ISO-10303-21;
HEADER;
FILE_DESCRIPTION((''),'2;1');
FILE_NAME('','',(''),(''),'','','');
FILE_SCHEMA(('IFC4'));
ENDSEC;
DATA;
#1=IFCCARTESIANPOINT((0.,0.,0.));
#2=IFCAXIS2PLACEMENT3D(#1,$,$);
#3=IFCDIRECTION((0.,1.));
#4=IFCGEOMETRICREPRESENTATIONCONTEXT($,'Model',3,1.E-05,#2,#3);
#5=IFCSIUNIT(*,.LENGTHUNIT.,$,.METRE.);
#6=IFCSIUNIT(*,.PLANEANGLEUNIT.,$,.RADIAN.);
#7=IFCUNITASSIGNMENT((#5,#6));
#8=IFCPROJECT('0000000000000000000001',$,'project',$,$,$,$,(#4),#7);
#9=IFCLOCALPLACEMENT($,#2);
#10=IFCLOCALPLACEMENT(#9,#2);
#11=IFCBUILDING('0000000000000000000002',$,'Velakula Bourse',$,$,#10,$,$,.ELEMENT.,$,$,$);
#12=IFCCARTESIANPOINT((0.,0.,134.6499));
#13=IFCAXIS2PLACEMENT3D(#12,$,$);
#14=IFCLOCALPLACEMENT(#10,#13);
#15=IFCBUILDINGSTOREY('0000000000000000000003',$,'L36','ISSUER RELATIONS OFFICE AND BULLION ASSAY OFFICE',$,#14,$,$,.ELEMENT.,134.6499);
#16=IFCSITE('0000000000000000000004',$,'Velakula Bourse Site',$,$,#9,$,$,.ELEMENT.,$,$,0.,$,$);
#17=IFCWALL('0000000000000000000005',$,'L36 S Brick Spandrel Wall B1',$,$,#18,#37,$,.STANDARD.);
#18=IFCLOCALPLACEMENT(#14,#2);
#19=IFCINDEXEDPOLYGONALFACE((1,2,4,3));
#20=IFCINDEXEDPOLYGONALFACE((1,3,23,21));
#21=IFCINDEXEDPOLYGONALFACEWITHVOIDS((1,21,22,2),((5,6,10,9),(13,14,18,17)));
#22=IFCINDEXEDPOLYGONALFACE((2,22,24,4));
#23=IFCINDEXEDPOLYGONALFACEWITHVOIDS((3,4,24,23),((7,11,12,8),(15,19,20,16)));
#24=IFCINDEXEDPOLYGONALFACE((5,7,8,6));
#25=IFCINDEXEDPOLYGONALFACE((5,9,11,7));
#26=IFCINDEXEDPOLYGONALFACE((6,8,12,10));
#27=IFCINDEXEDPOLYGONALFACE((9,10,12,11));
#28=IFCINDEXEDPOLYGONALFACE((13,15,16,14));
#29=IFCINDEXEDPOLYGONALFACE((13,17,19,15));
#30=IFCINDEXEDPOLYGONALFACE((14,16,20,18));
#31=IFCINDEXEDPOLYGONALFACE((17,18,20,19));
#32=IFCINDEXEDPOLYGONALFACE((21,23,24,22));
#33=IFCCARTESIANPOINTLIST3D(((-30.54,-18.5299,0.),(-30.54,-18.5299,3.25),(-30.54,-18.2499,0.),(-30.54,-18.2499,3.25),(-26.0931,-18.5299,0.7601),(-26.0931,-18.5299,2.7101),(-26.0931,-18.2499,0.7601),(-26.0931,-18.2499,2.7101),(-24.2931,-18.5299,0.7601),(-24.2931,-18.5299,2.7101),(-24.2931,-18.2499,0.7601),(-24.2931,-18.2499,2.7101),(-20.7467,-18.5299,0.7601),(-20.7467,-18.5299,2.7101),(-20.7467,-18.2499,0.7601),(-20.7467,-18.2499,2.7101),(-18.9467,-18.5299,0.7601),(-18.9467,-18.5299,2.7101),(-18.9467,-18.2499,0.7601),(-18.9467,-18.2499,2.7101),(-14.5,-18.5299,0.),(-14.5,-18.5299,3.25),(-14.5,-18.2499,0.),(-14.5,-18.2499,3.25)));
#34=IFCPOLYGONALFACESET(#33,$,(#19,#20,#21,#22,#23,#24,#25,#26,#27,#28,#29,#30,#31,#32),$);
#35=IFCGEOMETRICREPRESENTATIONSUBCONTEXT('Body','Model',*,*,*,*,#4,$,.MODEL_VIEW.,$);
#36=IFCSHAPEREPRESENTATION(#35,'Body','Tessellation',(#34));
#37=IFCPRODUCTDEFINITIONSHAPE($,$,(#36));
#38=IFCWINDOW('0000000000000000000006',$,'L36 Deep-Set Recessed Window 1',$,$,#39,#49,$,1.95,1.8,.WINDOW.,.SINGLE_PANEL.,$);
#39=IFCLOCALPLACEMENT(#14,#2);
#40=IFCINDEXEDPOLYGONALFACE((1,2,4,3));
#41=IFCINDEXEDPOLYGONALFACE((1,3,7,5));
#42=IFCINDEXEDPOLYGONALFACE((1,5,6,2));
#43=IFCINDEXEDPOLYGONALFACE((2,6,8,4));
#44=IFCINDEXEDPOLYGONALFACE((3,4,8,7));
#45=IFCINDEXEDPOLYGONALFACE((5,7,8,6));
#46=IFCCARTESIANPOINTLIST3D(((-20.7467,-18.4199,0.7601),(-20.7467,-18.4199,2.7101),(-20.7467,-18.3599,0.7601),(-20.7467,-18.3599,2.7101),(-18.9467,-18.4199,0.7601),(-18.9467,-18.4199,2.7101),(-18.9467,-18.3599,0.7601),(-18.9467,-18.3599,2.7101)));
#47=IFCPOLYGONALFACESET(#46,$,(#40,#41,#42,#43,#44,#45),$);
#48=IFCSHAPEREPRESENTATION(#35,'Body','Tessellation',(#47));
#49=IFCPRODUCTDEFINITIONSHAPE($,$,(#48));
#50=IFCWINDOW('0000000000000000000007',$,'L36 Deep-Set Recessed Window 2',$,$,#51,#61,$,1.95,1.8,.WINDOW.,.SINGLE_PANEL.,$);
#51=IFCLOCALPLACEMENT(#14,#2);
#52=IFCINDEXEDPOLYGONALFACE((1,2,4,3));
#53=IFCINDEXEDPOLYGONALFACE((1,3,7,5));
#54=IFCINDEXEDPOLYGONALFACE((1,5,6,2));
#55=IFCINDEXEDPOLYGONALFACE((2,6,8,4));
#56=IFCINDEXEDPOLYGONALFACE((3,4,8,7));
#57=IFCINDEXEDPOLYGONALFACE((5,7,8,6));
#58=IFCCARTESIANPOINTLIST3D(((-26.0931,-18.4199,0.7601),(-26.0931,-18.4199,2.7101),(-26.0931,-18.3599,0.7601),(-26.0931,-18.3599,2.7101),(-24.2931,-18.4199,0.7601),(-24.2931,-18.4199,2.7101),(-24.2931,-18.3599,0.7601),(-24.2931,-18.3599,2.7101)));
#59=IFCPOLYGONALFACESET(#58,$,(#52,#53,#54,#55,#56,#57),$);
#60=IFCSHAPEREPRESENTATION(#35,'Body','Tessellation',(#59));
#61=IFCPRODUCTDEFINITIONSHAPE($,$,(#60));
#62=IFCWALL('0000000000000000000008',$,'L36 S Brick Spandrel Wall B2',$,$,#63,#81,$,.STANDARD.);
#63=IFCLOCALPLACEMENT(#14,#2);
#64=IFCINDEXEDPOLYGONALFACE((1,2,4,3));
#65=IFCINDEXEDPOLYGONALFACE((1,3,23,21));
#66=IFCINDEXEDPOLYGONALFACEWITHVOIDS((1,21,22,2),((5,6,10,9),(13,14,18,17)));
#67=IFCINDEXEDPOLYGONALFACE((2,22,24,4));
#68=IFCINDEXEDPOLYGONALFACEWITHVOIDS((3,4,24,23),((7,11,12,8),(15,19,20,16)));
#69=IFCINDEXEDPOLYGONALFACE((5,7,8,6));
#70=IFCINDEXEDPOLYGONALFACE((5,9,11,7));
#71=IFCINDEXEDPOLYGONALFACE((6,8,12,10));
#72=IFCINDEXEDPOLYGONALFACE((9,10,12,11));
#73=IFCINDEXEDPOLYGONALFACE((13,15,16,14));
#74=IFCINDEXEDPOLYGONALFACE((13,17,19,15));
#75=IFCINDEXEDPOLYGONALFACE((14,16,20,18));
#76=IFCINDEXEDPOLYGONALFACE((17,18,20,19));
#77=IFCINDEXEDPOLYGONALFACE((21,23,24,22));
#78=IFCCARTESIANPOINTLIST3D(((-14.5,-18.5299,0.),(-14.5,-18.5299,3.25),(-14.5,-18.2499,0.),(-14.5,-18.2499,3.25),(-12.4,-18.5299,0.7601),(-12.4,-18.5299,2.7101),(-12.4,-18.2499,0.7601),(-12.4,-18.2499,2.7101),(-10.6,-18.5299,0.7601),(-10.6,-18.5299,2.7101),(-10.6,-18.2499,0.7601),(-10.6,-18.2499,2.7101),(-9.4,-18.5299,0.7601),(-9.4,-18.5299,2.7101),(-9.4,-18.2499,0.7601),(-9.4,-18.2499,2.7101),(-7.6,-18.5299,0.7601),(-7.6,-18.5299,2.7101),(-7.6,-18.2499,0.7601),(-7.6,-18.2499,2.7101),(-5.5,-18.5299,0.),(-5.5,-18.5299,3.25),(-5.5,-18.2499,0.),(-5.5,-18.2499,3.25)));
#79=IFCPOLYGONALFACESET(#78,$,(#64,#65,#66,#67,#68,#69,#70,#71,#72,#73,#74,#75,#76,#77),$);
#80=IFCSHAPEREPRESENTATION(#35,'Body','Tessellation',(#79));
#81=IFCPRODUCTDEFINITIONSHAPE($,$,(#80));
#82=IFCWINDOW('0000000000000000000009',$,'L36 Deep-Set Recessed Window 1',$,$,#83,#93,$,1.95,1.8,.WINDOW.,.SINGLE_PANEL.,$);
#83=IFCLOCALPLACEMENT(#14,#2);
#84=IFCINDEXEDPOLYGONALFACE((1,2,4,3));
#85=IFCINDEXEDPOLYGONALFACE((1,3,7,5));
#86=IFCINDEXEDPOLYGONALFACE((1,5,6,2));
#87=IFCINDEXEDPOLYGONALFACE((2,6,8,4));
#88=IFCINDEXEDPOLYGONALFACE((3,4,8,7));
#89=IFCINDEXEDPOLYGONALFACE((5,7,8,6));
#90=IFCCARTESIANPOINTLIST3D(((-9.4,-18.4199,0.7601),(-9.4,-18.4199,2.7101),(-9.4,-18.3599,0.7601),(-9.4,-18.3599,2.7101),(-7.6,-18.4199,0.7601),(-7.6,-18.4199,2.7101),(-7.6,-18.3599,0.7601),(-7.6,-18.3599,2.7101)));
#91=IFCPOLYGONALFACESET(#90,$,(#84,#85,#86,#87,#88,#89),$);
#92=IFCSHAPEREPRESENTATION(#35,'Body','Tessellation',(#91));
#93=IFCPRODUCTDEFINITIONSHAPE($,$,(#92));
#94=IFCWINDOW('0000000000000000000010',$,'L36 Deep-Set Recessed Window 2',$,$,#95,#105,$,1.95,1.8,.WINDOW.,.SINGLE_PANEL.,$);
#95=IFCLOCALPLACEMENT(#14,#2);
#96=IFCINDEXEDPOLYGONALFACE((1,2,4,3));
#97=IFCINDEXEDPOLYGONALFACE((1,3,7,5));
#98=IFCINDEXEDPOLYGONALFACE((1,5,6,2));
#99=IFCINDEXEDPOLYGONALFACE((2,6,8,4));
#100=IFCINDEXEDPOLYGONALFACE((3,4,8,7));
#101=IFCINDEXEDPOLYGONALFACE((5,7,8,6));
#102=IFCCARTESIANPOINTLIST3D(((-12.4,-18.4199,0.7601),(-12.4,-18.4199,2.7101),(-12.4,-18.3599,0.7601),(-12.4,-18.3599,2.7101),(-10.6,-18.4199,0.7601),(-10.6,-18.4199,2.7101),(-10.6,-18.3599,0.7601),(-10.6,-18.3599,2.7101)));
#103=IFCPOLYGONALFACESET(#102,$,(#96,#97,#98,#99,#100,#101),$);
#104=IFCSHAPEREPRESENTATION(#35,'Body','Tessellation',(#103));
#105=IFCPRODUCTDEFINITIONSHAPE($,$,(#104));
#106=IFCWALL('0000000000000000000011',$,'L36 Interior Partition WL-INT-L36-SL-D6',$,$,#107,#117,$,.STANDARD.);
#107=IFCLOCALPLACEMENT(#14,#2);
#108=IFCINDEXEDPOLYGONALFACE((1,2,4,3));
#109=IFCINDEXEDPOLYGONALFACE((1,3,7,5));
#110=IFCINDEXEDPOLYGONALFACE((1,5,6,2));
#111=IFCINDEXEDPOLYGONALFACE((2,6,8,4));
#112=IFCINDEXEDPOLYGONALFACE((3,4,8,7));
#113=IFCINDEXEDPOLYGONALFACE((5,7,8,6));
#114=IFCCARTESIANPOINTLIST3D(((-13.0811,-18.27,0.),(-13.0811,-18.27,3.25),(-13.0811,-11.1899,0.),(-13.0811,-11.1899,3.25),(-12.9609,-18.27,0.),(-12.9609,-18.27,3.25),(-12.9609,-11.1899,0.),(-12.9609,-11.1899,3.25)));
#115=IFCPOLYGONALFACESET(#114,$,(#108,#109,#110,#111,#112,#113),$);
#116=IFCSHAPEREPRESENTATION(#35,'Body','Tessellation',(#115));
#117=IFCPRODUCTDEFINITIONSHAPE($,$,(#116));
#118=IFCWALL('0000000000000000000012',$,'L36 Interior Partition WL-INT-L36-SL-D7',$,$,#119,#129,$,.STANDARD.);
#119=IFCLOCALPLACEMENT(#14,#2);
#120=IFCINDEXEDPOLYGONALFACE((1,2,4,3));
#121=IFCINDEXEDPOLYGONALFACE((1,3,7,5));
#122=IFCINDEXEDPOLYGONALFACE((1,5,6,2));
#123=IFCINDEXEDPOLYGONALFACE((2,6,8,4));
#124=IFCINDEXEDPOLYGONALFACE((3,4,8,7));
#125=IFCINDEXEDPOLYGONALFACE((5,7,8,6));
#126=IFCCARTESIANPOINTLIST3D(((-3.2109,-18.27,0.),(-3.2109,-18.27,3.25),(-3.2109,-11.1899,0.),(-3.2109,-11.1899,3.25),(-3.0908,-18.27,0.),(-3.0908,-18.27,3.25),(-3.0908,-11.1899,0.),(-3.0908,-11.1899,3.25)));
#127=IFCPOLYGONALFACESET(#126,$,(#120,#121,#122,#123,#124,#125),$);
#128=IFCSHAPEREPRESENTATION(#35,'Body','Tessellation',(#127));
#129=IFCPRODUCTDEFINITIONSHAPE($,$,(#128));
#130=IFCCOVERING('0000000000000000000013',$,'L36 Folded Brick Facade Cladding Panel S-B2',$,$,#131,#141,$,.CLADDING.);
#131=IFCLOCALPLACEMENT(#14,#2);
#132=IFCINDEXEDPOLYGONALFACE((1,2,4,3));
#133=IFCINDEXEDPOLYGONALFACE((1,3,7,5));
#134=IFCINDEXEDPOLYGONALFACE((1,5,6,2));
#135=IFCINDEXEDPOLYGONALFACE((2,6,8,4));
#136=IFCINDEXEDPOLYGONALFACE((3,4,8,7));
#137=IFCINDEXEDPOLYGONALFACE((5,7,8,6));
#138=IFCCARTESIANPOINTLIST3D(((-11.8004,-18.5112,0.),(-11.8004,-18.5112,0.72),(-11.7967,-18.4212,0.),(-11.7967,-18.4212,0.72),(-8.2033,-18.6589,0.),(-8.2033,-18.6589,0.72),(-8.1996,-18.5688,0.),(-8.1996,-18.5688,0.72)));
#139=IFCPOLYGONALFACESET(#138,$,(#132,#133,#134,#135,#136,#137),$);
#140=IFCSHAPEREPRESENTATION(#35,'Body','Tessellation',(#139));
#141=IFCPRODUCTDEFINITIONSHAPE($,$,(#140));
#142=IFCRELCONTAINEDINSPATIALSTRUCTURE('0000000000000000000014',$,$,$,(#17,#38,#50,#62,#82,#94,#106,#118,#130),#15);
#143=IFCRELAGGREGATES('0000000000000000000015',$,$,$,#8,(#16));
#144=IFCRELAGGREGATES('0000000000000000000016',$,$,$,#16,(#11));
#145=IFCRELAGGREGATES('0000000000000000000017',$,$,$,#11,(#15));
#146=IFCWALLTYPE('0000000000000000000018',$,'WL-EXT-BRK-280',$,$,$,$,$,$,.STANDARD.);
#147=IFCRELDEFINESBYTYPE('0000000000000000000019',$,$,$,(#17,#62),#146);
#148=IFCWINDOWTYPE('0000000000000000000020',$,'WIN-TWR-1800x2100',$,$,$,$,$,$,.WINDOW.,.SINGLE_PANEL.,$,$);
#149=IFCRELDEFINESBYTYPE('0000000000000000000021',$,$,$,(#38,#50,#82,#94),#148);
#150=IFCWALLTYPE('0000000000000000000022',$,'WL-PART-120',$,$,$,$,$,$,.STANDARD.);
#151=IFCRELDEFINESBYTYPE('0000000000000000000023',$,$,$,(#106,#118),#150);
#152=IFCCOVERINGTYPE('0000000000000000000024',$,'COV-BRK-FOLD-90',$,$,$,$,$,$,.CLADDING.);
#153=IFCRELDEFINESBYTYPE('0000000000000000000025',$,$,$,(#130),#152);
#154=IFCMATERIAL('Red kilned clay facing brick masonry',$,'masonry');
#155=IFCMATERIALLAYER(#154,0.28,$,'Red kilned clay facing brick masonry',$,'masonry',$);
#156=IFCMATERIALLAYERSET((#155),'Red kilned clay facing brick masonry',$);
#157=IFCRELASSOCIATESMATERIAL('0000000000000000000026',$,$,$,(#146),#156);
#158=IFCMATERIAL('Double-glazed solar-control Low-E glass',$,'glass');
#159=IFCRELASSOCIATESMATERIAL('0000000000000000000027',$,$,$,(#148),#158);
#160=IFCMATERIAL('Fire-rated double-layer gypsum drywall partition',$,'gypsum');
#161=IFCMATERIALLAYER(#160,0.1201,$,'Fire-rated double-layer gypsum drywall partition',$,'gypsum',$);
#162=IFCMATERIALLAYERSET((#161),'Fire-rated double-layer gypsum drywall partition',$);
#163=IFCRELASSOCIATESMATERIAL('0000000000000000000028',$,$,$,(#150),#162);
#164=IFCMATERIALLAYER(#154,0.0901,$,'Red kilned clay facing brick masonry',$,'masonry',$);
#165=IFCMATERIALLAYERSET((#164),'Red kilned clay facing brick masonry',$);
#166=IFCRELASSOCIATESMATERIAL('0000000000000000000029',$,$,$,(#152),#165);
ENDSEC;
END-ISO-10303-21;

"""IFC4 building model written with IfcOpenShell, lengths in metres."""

from ifc_helpers import new_model, si_unit, direction, frame, frame_2d, origin, origin_2d, place, context, subcontext, project, spatial, rectangle, extrude, material, layer, layer_set, type_object, element, fill, save


model = new_model("IFC4")

# Units and contexts
model_context = context("Model", 3, precision=1e-05, world=origin(), true_north=direction((0.0, 1.0)))
body_context = subcontext(model_context, "Body", "Model", "MODEL_VIEW")
ifc_project = project(units=[si_unit("LENGTHUNIT", "METRE"), si_unit("PLANEANGLEUNIT", "RADIAN")], contexts=[model_context])

# Site, building, storey
site_placement = place(None, origin())
site = spatial("IfcSite", under=ifc_project, at=site_placement, Name="Velakula Bourse Site", CompositionType="ELEMENT", RefElevation=0.0)
building_placement = place(site_placement, origin())
building = spatial("IfcBuilding", under=site, at=building_placement, Name="Velakula Bourse", CompositionType="ELEMENT")
storey_placement = place(building_placement, frame((0.0, 0.0, 134.6499)))
storey = spatial("IfcBuildingStorey", under=building, at=storey_placement, Name="L36", Description="ISSUER RELATIONS OFFICE AND BULLION ASSAY OFFICE", CompositionType="ELEMENT", Elevation=134.6499)

# Walls, openings, windows
ifc_material_1 = material(Name="Red kilned clay facing brick masonry", Category="masonry")
ifc_layer_1 = layer(ifc_material_1, 0.28, Name="Red kilned clay facing brick masonry", Category="masonry")
ifc_layer_set_1 = layer_set([ifc_layer_1], Name="Red kilned clay facing brick masonry")
wall_type_1 = type_object("IfcWallType", Name="WL-EXT-BRK-280", PredefinedType="STANDARD", material=ifc_layer_set_1)
wall_1_placement = place(storey_placement, frame((-14.5, -18.3899, 0.0), z_axis=(0.0, 0.0, 1.0), x_axis=(-1.0, 0.0, 0.0)))
wall_1 = element("IfcWall", 1, at=wall_1_placement, inside=storey, type_object=wall_type_1, Name="L36 S Brick Spandrel Wall B1", PredefinedType="STANDARD", context=body_context, shape_type="SweptSolid", body=[
    extrude(rectangle(XDim=16.04, YDim=0.28, at=frame_2d((8.02, 0.0))), origin(), (0.0, 0.0, 1.0), 3.25),
])
opening_1_placement = place(wall_1_placement, frame((4.4468, 0.0, 0.76)))
opening_1 = element("IfcOpeningElement", 2, at=opening_1_placement, cuts=wall_1, PredefinedType="OPENING", context=body_context, shape_type="SweptSolid", body=[
    extrude(rectangle(XDim=1.8, YDim=1.95, at=frame_2d((0.8999, 0.9751))), frame((0.0, 0.1499, 0.0), z_axis=(0.0, -1.0, 0.0), x_axis=(1.0, 0.0, 0.0)), (0.0, 0.0, 1.0), 0.3),
])
opening_2_placement = place(wall_1_placement, frame((9.7932, 0.0, 0.76)))
opening_2 = element("IfcOpeningElement", 3, at=opening_2_placement, cuts=wall_1, PredefinedType="OPENING", context=body_context, shape_type="SweptSolid", body=[
    extrude(rectangle(XDim=1.8, YDim=1.95, at=frame_2d((0.8999, 0.9751))), frame((0.0, 0.1499, 0.0), z_axis=(0.0, -1.0, 0.0), x_axis=(1.0, 0.0, 0.0)), (0.0, 0.0, 1.0), 0.3),
])
ifc_material_2 = material(Name="Double-glazed solar-control Low-E glass", Category="glass")
window_type = type_object("IfcWindowType", Name="WIN-TWR-1800x2100", PartitioningType="SINGLE_PANEL", PredefinedType="WINDOW", material=ifc_material_2)
window_1_placement = place(opening_1_placement, origin())
window_1 = element("IfcWindow", 4, at=window_1_placement, inside=storey, type_object=window_type, Name="L36 Deep-Set Recessed Window 1", OverallHeight=1.95, OverallWidth=1.8, PartitioningType="SINGLE_PANEL", PredefinedType="WINDOW", context=body_context, shape_type="SweptSolid", body=[
    extrude(rectangle(XDim=1.8, YDim=1.95, at=frame_2d((0.8999, 0.9751))), frame((0.0, 0.03, 0.0), z_axis=(0.0, -1.0, 0.0), x_axis=(1.0, 0.0, 0.0)), (0.0, 0.0, 1.0), 0.0601),
])
fill(opening_1, window_1)
window_2_placement = place(opening_2_placement, origin())
window_2 = element("IfcWindow", 5, at=window_2_placement, inside=storey, type_object=window_type, Name="L36 Deep-Set Recessed Window 2", OverallHeight=1.95, OverallWidth=1.8, PartitioningType="SINGLE_PANEL", PredefinedType="WINDOW", context=body_context, shape_type="SweptSolid", body=[
    extrude(rectangle(XDim=1.8, YDim=1.95, at=frame_2d((0.8999, 0.9751))), frame((0.0, 0.03, 0.0), z_axis=(0.0, -1.0, 0.0), x_axis=(1.0, 0.0, 0.0)), (0.0, 0.0, 1.0), 0.0601),
])
fill(opening_2, window_2)
wall_2_placement = place(storey_placement, frame((-5.5, -18.3899, 0.0), z_axis=(0.0, 0.0, 1.0), x_axis=(-1.0, 0.0, 0.0)))
wall_2 = element("IfcWall", 6, at=wall_2_placement, inside=storey, type_object=wall_type_1, Name="L36 S Brick Spandrel Wall B2", PredefinedType="STANDARD", context=body_context, shape_type="SweptSolid", body=[
    extrude(rectangle(XDim=9.0, YDim=0.28, at=frame_2d((4.5, 0.0))), origin(), (0.0, 0.0, 1.0), 3.25),
])
opening_3_placement = place(wall_2_placement, frame((2.1001, 0.0, 0.76)))
opening_3 = element("IfcOpeningElement", 7, at=opening_3_placement, cuts=wall_2, PredefinedType="OPENING", context=body_context, shape_type="SweptSolid", body=[
    extrude(rectangle(XDim=1.8, YDim=1.95, at=frame_2d((0.8999, 0.9751))), frame((0.0, 0.1499, 0.0), z_axis=(0.0, -1.0, 0.0), x_axis=(1.0, 0.0, 0.0)), (0.0, 0.0, 1.0), 0.3),
])
opening_4_placement = place(wall_2_placement, frame((5.1001, 0.0, 0.76)))
opening_4 = element("IfcOpeningElement", 8, at=opening_4_placement, cuts=wall_2, PredefinedType="OPENING", context=body_context, shape_type="SweptSolid", body=[
    extrude(rectangle(XDim=1.8, YDim=1.95, at=frame_2d((0.8999, 0.9751))), frame((0.0, 0.1499, 0.0), z_axis=(0.0, -1.0, 0.0), x_axis=(1.0, 0.0, 0.0)), (0.0, 0.0, 1.0), 0.3),
])
window_3_placement = place(opening_3_placement, origin())
window_3 = element("IfcWindow", 9, at=window_3_placement, inside=storey, type_object=window_type, Name="L36 Deep-Set Recessed Window 1", OverallHeight=1.95, OverallWidth=1.8, PartitioningType="SINGLE_PANEL", PredefinedType="WINDOW", context=body_context, shape_type="SweptSolid", body=[
    extrude(rectangle(XDim=1.8, YDim=1.95, at=frame_2d((0.8999, 0.9751))), frame((0.0, 0.03, 0.0), z_axis=(0.0, -1.0, 0.0), x_axis=(1.0, 0.0, 0.0)), (0.0, 0.0, 1.0), 0.0601),
])
fill(opening_3, window_3)
window_4_placement = place(opening_4_placement, origin())
window_4 = element("IfcWindow", 10, at=window_4_placement, inside=storey, type_object=window_type, Name="L36 Deep-Set Recessed Window 2", OverallHeight=1.95, OverallWidth=1.8, PartitioningType="SINGLE_PANEL", PredefinedType="WINDOW", context=body_context, shape_type="SweptSolid", body=[
    extrude(rectangle(XDim=1.8, YDim=1.95, at=frame_2d((0.8999, 0.9751))), frame((0.0, 0.03, 0.0), z_axis=(0.0, -1.0, 0.0), x_axis=(1.0, 0.0, 0.0)), (0.0, 0.0, 1.0), 0.0601),
])
fill(opening_4, window_4)

# Walls
ifc_material_3 = material(Name="Fire-rated double-layer gypsum drywall partition", Category="gypsum")
ifc_layer_2 = layer(ifc_material_3, 0.1201, Name="Fire-rated double-layer gypsum drywall partition", Category="gypsum")
ifc_layer_set_2 = layer_set([ifc_layer_2], Name="Fire-rated double-layer gypsum drywall partition")
wall_type_2 = type_object("IfcWallType", Name="WL-PART-120", PredefinedType="STANDARD", material=ifc_layer_set_2)
for number, where, z_axis, x_axis, name in (
    (11, (-13.021, -18.27, 0.0), (0.0, 0.0, 1.0), (0.0, 1.0, 0.0), "L36 Interior Partition WL-INT-L36-SL-D6"),
    (12, (-3.1509, -18.27, 0.0), (0.0, 0.0, 1.0), (0.0, 1.0, 0.0), "L36 Interior Partition WL-INT-L36-SL-D7"),
):
    element("IfcWall", number, at=place(storey_placement, frame(where, z_axis=z_axis, x_axis=x_axis)), inside=storey, type_object=wall_type_2, Name=name, PredefinedType="STANDARD", context=body_context, shape_type="SweptSolid", body=[
        extrude(rectangle(XDim=7.0801, YDim=0.1201, at=frame_2d((3.54, 0.0))), origin(), (0.0, 0.0, 1.0), 3.25),
    ])

# Covering
ifc_layer_3 = layer(ifc_material_1, 0.0901, Name="Red kilned clay facing brick masonry", Category="masonry")
ifc_layer_set_3 = layer_set([ifc_layer_3], Name="Red kilned clay facing brick masonry")
covering_type = type_object("IfcCoveringType", Name="COV-BRK-FOLD-90", PredefinedType="CLADDING", material=ifc_layer_set_3)
covering_placement = place(storey_placement, frame((-10.0, -18.54, 0.0), z_axis=(0.0, 0.0, 1.0), x_axis=(0.999159, -0.041004, 0.0)))
element("IfcCovering", 13, at=covering_placement, inside=storey, type_object=covering_type, Name="L36 Folded Brick Facade Cladding Panel S-B2", PredefinedType="CLADDING", context=body_context, shape_type="SweptSolid", body=[
    extrude(rectangle(XDim=3.6001, YDim=0.0901, at=origin_2d()), origin(), (0.0, 0.0, 1.0), 0.72),
])

save(model, "model.ifc")
